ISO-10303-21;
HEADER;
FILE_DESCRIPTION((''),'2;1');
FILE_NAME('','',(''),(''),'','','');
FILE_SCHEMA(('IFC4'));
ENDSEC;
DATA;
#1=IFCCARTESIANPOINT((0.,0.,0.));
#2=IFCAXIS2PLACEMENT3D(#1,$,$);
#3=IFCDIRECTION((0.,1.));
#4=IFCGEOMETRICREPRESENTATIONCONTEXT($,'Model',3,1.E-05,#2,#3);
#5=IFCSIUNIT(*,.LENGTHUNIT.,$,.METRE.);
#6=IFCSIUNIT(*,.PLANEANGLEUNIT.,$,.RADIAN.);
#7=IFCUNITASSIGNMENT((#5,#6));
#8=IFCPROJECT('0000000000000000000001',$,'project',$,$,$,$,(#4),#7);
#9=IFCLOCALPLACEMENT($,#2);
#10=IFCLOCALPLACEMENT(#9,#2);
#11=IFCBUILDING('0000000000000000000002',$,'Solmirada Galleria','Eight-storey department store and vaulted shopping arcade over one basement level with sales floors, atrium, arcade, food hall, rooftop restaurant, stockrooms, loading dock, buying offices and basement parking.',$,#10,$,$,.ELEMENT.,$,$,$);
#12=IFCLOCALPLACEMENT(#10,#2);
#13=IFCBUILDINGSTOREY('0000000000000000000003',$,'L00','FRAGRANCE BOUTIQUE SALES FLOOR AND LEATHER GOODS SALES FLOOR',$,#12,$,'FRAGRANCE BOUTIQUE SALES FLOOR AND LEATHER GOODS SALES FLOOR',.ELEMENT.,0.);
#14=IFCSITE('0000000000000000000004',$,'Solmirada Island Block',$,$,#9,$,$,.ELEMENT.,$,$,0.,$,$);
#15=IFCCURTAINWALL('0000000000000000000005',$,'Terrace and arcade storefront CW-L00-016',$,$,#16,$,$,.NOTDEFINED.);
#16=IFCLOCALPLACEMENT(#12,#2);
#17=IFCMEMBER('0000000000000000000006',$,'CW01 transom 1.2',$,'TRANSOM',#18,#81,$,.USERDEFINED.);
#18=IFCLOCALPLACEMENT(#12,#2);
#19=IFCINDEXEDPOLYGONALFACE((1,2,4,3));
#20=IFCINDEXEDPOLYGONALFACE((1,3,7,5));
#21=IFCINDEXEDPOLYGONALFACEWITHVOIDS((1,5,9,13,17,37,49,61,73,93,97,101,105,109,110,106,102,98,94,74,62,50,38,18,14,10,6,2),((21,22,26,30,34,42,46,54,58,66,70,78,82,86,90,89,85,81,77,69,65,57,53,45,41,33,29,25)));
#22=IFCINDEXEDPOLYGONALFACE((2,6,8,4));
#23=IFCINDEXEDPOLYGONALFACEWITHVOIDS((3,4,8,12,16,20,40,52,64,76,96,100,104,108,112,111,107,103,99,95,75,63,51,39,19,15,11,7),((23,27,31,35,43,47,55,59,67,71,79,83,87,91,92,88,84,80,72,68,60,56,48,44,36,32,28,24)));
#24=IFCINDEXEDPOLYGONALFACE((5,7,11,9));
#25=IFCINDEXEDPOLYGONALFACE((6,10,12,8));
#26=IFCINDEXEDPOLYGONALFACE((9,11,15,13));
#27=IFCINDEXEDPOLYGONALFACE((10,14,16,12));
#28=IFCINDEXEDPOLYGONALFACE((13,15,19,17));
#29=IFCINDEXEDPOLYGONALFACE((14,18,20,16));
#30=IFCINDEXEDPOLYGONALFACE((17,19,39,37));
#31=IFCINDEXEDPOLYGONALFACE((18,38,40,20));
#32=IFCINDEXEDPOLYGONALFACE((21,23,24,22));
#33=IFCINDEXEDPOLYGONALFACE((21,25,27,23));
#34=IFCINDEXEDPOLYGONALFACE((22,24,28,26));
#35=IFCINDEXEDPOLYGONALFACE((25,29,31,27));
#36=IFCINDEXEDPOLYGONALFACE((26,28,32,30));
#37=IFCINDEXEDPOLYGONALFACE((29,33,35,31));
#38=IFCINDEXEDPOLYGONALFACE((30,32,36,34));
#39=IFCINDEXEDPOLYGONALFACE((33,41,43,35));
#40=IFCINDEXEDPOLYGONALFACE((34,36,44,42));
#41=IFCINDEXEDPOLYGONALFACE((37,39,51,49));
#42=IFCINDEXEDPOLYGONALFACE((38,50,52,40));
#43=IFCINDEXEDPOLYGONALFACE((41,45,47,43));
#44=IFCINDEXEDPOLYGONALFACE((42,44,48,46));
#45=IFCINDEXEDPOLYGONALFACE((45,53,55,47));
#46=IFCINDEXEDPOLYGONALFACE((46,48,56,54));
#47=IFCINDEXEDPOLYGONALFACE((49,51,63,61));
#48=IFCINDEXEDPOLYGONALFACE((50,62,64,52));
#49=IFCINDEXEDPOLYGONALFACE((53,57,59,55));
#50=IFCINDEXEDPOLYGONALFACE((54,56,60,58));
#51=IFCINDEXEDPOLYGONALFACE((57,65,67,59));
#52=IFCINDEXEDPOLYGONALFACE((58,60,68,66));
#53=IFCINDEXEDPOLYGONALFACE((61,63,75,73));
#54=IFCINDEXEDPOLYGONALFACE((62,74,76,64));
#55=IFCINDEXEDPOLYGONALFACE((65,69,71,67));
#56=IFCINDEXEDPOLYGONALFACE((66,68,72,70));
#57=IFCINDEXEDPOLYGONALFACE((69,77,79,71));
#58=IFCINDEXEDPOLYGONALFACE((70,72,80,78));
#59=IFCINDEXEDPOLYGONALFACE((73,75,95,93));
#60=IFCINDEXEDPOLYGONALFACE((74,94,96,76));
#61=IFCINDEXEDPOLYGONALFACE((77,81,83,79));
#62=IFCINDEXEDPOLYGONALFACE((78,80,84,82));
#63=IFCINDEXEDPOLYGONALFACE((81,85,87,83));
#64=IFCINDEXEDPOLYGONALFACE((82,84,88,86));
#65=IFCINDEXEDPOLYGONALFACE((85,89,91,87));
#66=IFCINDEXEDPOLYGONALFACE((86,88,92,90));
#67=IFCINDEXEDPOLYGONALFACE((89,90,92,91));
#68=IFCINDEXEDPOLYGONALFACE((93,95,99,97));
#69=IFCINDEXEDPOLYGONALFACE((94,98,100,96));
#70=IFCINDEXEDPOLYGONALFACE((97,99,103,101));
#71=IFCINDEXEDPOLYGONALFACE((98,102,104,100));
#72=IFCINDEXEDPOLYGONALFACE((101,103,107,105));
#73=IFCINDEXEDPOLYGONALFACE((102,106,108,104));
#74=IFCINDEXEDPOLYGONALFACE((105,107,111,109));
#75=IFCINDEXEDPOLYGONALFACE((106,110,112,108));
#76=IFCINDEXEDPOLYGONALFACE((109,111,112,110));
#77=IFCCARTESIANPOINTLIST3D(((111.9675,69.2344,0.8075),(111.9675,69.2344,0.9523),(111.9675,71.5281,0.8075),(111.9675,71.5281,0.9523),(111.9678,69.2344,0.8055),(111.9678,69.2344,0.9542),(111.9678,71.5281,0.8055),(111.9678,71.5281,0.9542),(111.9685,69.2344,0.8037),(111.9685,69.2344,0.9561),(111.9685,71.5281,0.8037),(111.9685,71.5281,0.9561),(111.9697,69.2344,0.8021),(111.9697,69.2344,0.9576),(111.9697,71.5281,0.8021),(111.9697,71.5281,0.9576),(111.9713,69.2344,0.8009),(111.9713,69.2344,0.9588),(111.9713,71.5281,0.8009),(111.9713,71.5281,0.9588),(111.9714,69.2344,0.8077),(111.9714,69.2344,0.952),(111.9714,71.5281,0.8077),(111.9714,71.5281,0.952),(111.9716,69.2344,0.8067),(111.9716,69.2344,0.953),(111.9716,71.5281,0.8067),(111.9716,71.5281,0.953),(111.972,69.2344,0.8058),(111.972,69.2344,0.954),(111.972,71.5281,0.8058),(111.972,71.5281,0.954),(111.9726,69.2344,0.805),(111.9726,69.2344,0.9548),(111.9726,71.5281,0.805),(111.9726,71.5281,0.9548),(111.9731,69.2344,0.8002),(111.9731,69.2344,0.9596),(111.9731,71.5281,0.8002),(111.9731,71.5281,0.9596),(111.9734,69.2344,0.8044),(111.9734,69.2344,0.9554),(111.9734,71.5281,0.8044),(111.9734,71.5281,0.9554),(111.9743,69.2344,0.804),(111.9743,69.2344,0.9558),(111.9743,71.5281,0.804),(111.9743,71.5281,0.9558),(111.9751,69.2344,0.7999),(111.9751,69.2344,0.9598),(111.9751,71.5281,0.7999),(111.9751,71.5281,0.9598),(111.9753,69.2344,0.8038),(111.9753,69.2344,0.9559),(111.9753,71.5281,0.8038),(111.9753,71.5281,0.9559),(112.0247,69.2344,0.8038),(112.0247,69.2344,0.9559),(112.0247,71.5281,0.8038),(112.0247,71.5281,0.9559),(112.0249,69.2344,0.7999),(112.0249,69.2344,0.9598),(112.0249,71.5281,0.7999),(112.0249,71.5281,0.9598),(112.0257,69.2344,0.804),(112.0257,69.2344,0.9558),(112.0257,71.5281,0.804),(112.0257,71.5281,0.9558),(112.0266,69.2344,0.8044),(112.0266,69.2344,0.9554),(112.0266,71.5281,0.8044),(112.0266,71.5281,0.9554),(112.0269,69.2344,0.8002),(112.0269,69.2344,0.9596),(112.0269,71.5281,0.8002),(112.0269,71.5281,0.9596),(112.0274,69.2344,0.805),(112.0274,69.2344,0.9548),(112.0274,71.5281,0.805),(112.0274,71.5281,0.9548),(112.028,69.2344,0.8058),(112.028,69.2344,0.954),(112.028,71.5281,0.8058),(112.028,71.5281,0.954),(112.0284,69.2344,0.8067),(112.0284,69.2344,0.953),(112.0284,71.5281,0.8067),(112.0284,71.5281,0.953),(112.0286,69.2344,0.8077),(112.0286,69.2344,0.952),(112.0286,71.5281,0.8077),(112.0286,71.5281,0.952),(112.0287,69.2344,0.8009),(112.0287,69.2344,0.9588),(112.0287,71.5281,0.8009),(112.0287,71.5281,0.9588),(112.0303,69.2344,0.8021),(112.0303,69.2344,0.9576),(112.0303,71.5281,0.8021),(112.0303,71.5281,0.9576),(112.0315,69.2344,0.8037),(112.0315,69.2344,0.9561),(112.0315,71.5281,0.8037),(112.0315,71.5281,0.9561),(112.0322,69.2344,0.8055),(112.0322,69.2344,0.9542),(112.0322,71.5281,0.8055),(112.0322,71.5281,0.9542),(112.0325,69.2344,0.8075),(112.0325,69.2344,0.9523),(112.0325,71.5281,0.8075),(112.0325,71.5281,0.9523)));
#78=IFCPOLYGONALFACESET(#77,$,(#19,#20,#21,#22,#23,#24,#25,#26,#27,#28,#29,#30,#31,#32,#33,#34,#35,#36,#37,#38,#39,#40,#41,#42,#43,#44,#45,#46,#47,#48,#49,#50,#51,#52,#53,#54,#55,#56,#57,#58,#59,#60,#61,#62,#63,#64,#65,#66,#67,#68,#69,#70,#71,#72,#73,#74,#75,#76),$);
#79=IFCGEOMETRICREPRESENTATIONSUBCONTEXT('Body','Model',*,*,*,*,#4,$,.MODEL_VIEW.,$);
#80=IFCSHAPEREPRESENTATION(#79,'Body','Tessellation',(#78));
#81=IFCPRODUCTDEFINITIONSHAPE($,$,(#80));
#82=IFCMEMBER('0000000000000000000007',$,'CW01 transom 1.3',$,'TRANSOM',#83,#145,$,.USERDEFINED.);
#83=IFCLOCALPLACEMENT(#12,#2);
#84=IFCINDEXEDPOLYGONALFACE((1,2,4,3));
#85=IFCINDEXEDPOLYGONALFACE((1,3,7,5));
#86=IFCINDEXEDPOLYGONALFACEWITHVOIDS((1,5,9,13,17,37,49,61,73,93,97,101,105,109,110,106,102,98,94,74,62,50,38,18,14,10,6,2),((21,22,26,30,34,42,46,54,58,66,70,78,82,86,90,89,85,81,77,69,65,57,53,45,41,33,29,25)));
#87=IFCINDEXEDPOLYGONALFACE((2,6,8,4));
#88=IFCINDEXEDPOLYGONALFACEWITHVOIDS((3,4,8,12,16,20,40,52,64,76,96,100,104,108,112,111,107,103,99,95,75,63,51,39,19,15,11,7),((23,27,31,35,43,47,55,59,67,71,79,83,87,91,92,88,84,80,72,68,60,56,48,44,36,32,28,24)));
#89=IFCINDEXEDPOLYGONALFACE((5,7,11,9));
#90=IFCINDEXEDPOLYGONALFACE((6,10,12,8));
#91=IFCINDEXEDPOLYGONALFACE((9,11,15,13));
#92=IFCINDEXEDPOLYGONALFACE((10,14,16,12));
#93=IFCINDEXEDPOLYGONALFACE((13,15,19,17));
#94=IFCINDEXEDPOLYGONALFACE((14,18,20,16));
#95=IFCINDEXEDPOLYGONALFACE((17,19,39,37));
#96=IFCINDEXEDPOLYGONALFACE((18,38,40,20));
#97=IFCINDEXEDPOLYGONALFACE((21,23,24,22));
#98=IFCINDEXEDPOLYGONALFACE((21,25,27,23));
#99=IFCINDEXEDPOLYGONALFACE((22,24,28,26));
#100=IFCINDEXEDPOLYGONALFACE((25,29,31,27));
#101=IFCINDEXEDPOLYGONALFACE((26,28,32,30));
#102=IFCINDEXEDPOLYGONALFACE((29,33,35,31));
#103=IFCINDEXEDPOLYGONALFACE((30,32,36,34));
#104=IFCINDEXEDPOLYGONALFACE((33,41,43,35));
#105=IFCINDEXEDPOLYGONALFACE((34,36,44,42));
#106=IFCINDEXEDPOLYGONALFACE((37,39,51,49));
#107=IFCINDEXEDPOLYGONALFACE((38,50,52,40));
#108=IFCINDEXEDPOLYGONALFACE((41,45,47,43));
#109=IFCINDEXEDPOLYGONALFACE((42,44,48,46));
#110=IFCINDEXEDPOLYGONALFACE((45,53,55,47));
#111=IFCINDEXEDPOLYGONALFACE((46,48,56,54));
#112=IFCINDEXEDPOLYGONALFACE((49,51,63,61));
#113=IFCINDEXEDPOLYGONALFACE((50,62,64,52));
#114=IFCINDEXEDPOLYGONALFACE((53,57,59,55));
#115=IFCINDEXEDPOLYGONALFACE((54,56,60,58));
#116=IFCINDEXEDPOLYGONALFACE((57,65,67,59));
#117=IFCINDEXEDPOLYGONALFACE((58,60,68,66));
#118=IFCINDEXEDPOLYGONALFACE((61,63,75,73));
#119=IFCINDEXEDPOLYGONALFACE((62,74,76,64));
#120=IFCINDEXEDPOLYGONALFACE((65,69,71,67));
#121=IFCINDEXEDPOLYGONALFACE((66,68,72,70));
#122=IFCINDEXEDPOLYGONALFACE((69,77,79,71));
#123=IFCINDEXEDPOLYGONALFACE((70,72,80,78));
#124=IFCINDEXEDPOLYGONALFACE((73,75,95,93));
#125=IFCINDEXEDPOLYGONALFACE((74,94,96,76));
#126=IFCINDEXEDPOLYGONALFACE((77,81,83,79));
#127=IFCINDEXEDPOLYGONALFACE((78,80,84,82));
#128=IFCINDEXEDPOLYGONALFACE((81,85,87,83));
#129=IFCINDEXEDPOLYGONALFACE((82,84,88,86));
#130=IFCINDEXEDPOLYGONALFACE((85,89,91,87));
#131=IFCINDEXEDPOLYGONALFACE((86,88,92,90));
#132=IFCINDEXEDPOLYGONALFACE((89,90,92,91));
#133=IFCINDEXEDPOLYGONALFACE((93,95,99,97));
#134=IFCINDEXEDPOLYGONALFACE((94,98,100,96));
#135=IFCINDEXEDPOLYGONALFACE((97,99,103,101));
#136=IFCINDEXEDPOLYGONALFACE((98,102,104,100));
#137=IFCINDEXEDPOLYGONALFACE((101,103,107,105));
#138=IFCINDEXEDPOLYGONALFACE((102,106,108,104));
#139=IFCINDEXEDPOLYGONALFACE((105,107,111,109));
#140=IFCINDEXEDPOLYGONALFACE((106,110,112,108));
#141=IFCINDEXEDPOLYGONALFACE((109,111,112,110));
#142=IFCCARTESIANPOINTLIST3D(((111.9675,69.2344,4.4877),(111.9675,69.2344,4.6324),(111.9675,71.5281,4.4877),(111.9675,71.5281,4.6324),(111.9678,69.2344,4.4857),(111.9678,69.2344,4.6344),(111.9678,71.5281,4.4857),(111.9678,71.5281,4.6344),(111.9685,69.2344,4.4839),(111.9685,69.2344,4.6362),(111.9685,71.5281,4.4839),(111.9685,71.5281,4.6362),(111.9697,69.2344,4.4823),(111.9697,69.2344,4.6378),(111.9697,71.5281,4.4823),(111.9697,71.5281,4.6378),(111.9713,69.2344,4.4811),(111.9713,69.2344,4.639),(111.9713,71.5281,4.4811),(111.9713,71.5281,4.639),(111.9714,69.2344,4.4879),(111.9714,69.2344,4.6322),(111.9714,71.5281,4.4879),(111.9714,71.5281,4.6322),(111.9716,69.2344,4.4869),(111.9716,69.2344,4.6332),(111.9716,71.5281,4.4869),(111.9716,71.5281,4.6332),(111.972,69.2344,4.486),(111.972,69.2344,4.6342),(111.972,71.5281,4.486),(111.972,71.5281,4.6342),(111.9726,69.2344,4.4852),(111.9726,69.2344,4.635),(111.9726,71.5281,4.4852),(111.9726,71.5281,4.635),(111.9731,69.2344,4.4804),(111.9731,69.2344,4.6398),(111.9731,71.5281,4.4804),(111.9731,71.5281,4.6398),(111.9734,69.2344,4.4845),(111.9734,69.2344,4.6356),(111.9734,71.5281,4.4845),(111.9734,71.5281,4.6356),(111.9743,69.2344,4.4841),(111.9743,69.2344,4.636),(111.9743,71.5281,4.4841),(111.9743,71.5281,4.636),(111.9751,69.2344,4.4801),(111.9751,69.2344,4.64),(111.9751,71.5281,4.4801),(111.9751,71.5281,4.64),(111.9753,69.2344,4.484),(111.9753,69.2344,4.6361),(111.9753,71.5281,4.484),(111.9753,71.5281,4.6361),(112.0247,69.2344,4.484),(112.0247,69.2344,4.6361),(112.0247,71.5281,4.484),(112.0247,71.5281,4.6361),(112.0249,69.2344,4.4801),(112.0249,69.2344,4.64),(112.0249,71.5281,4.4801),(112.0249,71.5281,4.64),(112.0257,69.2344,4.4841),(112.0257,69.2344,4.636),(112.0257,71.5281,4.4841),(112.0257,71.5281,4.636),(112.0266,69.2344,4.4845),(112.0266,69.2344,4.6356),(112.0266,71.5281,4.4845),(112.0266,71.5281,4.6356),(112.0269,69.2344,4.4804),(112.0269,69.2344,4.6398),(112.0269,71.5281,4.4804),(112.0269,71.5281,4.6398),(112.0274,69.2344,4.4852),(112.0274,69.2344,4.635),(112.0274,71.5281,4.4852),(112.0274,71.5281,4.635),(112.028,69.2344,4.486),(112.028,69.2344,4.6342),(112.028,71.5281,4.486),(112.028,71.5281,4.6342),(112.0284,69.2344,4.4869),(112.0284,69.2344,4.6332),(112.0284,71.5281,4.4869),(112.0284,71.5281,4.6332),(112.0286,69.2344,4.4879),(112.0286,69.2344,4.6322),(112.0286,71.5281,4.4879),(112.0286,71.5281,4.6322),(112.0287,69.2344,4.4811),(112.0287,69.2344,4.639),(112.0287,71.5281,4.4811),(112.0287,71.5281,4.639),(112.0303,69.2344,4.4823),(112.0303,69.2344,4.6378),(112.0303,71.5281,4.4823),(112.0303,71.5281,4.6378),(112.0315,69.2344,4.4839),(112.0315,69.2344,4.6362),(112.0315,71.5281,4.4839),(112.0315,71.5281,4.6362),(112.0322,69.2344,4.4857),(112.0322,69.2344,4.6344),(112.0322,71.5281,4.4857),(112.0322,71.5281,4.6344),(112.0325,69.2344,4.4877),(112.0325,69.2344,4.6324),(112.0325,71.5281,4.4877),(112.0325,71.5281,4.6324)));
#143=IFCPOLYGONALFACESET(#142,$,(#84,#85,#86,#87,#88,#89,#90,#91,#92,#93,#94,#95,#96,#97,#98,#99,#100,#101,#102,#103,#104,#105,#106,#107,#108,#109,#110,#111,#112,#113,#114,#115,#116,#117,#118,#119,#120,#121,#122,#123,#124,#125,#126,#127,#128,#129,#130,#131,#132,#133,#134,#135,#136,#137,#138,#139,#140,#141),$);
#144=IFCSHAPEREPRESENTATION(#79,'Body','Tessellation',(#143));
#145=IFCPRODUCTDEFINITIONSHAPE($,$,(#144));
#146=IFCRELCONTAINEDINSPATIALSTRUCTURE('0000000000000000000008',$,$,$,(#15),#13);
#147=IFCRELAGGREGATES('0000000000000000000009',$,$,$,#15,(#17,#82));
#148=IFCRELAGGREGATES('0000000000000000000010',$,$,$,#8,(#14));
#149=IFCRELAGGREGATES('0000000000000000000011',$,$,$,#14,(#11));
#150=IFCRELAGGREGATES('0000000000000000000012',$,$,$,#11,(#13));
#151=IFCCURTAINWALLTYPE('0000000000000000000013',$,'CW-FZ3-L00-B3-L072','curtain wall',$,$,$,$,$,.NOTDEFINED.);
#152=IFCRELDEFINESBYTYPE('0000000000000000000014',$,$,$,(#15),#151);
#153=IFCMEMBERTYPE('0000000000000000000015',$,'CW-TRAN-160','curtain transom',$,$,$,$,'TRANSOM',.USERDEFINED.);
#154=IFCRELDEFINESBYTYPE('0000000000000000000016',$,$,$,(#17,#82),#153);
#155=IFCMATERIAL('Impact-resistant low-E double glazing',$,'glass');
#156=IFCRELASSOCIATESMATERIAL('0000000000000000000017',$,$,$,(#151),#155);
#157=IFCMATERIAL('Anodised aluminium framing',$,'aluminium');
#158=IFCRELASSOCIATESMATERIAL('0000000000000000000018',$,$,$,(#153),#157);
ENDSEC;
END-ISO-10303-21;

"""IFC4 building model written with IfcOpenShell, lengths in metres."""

from ifc_helpers import new_model, si_unit, direction, frame, origin, origin_2d, place, context, subcontext, project, spatial, hollow_rectangle, extrude, material, material_profile, profile_set, type_object, element, aggregate, save


model = new_model("IFC4")

# Units and contexts
model_context = context("Model", 3, precision=1e-05, world=origin(), true_north=direction((0.0, 1.0)))
body_context = subcontext(model_context, "Body", "Model", "MODEL_VIEW")
ifc_project = project(units=[si_unit("LENGTHUNIT", "METRE"), si_unit("PLANEANGLEUNIT", "RADIAN")], contexts=[model_context])

# Site, building, storey
site_placement = place(None, origin())
site = spatial("IfcSite", under=ifc_project, at=site_placement, Name="Solmirada Island Block", CompositionType="ELEMENT", RefElevation=0.0)
building_placement = place(site_placement, origin())
building = spatial("IfcBuilding", under=site, at=building_placement, Name="Solmirada Galleria", Description="Eight-storey department store and vaulted shopping arcade over one basement level with sales floors, atrium, arcade, food hall, rooftop restaurant, stockrooms, loading dock, buying offices and basement parking.", CompositionType="ELEMENT")
storey_placement = place(building_placement, origin())
storey = spatial("IfcBuildingStorey", under=building, at=storey_placement, Name="L00", Description="FRAGRANCE BOUTIQUE SALES FLOOR AND LEATHER GOODS SALES FLOOR", LongName="FRAGRANCE BOUTIQUE SALES FLOOR AND LEATHER GOODS SALES FLOOR", CompositionType="ELEMENT", Elevation=0.0)

# Curtain wall
ifc_material_1 = material(Name="Impact-resistant low-E double glazing", Category="glass")
ifc_material_2 = material(Name="Anodised aluminium framing", Category="aluminium")
curtain_wall_type_1 = type_object("IfcCurtainWallType", Name="CW-FZ3-L00-B3-L072", Description="curtain wall", PredefinedType="NOTDEFINED", material=ifc_material_1)
curtain_wall_1_placement = place(storey_placement, origin())
curtain_wall_1 = element("IfcCurtainWall", 1, at=curtain_wall_1_placement, inside=storey, type_object=curtain_wall_type_1, Name="Terrace and arcade storefront CW-L00-016", PredefinedType="NOTDEFINED")

# Members
ifc_material_profile_1 = material_profile(ifc_material_2, hollow_rectangle(XDim=0.0649, YDim=0.1599, WallThickness=0.0039, InnerFilletRadius=0.0039, OuterFilletRadius=0.0076, at=origin_2d()), Name="ALU-TRAN-160X65")
ifc_profile_set_1 = profile_set([ifc_material_profile_1], Name="Anodised aluminium framing")
member_type_1 = type_object("IfcMemberType", Name="CW-TRAN-160", Description="curtain transom", ElementType="TRANSOM", PredefinedType="USERDEFINED", material=ifc_profile_set_1)
member_1_placement = place(storey_placement, frame((112.0, 71.5281, 0.8799), z_axis=(0.0, -1.0, 0.0), x_axis=(1.0, 0.0, 0.0)))
member_1 = element("IfcMember", 2, at=member_1_placement, type_object=member_type_1, Name="CW01 transom 1.2", ObjectType="TRANSOM", PredefinedType="USERDEFINED", context=body_context, shape_type="SweptSolid", body=[
    extrude(hollow_rectangle(XDim=0.0649, YDim=0.1599, WallThickness=0.0039, InnerFilletRadius=0.0039, OuterFilletRadius=0.0076, at=origin_2d()), origin(), (0.0, 0.0, 1.0), 2.2937),
])
member_2_placement = place(storey_placement, frame((112.0, 71.5281, 4.5601), z_axis=(0.0, -1.0, 0.0), x_axis=(1.0, 0.0, 0.0)))
member_2 = element("IfcMember", 3, at=member_2_placement, type_object=member_type_1, Name="CW01 transom 1.3", ObjectType="TRANSOM", PredefinedType="USERDEFINED", context=body_context, shape_type="SweptSolid", body=[
    extrude(hollow_rectangle(XDim=0.0649, YDim=0.1599, WallThickness=0.0039, InnerFilletRadius=0.0039, OuterFilletRadius=0.0076, at=origin_2d()), origin(), (0.0, 0.0, 1.0), 2.2937),
])

aggregate(curtain_wall_1, [member_1, member_2])

save(model, "model.ifc")
